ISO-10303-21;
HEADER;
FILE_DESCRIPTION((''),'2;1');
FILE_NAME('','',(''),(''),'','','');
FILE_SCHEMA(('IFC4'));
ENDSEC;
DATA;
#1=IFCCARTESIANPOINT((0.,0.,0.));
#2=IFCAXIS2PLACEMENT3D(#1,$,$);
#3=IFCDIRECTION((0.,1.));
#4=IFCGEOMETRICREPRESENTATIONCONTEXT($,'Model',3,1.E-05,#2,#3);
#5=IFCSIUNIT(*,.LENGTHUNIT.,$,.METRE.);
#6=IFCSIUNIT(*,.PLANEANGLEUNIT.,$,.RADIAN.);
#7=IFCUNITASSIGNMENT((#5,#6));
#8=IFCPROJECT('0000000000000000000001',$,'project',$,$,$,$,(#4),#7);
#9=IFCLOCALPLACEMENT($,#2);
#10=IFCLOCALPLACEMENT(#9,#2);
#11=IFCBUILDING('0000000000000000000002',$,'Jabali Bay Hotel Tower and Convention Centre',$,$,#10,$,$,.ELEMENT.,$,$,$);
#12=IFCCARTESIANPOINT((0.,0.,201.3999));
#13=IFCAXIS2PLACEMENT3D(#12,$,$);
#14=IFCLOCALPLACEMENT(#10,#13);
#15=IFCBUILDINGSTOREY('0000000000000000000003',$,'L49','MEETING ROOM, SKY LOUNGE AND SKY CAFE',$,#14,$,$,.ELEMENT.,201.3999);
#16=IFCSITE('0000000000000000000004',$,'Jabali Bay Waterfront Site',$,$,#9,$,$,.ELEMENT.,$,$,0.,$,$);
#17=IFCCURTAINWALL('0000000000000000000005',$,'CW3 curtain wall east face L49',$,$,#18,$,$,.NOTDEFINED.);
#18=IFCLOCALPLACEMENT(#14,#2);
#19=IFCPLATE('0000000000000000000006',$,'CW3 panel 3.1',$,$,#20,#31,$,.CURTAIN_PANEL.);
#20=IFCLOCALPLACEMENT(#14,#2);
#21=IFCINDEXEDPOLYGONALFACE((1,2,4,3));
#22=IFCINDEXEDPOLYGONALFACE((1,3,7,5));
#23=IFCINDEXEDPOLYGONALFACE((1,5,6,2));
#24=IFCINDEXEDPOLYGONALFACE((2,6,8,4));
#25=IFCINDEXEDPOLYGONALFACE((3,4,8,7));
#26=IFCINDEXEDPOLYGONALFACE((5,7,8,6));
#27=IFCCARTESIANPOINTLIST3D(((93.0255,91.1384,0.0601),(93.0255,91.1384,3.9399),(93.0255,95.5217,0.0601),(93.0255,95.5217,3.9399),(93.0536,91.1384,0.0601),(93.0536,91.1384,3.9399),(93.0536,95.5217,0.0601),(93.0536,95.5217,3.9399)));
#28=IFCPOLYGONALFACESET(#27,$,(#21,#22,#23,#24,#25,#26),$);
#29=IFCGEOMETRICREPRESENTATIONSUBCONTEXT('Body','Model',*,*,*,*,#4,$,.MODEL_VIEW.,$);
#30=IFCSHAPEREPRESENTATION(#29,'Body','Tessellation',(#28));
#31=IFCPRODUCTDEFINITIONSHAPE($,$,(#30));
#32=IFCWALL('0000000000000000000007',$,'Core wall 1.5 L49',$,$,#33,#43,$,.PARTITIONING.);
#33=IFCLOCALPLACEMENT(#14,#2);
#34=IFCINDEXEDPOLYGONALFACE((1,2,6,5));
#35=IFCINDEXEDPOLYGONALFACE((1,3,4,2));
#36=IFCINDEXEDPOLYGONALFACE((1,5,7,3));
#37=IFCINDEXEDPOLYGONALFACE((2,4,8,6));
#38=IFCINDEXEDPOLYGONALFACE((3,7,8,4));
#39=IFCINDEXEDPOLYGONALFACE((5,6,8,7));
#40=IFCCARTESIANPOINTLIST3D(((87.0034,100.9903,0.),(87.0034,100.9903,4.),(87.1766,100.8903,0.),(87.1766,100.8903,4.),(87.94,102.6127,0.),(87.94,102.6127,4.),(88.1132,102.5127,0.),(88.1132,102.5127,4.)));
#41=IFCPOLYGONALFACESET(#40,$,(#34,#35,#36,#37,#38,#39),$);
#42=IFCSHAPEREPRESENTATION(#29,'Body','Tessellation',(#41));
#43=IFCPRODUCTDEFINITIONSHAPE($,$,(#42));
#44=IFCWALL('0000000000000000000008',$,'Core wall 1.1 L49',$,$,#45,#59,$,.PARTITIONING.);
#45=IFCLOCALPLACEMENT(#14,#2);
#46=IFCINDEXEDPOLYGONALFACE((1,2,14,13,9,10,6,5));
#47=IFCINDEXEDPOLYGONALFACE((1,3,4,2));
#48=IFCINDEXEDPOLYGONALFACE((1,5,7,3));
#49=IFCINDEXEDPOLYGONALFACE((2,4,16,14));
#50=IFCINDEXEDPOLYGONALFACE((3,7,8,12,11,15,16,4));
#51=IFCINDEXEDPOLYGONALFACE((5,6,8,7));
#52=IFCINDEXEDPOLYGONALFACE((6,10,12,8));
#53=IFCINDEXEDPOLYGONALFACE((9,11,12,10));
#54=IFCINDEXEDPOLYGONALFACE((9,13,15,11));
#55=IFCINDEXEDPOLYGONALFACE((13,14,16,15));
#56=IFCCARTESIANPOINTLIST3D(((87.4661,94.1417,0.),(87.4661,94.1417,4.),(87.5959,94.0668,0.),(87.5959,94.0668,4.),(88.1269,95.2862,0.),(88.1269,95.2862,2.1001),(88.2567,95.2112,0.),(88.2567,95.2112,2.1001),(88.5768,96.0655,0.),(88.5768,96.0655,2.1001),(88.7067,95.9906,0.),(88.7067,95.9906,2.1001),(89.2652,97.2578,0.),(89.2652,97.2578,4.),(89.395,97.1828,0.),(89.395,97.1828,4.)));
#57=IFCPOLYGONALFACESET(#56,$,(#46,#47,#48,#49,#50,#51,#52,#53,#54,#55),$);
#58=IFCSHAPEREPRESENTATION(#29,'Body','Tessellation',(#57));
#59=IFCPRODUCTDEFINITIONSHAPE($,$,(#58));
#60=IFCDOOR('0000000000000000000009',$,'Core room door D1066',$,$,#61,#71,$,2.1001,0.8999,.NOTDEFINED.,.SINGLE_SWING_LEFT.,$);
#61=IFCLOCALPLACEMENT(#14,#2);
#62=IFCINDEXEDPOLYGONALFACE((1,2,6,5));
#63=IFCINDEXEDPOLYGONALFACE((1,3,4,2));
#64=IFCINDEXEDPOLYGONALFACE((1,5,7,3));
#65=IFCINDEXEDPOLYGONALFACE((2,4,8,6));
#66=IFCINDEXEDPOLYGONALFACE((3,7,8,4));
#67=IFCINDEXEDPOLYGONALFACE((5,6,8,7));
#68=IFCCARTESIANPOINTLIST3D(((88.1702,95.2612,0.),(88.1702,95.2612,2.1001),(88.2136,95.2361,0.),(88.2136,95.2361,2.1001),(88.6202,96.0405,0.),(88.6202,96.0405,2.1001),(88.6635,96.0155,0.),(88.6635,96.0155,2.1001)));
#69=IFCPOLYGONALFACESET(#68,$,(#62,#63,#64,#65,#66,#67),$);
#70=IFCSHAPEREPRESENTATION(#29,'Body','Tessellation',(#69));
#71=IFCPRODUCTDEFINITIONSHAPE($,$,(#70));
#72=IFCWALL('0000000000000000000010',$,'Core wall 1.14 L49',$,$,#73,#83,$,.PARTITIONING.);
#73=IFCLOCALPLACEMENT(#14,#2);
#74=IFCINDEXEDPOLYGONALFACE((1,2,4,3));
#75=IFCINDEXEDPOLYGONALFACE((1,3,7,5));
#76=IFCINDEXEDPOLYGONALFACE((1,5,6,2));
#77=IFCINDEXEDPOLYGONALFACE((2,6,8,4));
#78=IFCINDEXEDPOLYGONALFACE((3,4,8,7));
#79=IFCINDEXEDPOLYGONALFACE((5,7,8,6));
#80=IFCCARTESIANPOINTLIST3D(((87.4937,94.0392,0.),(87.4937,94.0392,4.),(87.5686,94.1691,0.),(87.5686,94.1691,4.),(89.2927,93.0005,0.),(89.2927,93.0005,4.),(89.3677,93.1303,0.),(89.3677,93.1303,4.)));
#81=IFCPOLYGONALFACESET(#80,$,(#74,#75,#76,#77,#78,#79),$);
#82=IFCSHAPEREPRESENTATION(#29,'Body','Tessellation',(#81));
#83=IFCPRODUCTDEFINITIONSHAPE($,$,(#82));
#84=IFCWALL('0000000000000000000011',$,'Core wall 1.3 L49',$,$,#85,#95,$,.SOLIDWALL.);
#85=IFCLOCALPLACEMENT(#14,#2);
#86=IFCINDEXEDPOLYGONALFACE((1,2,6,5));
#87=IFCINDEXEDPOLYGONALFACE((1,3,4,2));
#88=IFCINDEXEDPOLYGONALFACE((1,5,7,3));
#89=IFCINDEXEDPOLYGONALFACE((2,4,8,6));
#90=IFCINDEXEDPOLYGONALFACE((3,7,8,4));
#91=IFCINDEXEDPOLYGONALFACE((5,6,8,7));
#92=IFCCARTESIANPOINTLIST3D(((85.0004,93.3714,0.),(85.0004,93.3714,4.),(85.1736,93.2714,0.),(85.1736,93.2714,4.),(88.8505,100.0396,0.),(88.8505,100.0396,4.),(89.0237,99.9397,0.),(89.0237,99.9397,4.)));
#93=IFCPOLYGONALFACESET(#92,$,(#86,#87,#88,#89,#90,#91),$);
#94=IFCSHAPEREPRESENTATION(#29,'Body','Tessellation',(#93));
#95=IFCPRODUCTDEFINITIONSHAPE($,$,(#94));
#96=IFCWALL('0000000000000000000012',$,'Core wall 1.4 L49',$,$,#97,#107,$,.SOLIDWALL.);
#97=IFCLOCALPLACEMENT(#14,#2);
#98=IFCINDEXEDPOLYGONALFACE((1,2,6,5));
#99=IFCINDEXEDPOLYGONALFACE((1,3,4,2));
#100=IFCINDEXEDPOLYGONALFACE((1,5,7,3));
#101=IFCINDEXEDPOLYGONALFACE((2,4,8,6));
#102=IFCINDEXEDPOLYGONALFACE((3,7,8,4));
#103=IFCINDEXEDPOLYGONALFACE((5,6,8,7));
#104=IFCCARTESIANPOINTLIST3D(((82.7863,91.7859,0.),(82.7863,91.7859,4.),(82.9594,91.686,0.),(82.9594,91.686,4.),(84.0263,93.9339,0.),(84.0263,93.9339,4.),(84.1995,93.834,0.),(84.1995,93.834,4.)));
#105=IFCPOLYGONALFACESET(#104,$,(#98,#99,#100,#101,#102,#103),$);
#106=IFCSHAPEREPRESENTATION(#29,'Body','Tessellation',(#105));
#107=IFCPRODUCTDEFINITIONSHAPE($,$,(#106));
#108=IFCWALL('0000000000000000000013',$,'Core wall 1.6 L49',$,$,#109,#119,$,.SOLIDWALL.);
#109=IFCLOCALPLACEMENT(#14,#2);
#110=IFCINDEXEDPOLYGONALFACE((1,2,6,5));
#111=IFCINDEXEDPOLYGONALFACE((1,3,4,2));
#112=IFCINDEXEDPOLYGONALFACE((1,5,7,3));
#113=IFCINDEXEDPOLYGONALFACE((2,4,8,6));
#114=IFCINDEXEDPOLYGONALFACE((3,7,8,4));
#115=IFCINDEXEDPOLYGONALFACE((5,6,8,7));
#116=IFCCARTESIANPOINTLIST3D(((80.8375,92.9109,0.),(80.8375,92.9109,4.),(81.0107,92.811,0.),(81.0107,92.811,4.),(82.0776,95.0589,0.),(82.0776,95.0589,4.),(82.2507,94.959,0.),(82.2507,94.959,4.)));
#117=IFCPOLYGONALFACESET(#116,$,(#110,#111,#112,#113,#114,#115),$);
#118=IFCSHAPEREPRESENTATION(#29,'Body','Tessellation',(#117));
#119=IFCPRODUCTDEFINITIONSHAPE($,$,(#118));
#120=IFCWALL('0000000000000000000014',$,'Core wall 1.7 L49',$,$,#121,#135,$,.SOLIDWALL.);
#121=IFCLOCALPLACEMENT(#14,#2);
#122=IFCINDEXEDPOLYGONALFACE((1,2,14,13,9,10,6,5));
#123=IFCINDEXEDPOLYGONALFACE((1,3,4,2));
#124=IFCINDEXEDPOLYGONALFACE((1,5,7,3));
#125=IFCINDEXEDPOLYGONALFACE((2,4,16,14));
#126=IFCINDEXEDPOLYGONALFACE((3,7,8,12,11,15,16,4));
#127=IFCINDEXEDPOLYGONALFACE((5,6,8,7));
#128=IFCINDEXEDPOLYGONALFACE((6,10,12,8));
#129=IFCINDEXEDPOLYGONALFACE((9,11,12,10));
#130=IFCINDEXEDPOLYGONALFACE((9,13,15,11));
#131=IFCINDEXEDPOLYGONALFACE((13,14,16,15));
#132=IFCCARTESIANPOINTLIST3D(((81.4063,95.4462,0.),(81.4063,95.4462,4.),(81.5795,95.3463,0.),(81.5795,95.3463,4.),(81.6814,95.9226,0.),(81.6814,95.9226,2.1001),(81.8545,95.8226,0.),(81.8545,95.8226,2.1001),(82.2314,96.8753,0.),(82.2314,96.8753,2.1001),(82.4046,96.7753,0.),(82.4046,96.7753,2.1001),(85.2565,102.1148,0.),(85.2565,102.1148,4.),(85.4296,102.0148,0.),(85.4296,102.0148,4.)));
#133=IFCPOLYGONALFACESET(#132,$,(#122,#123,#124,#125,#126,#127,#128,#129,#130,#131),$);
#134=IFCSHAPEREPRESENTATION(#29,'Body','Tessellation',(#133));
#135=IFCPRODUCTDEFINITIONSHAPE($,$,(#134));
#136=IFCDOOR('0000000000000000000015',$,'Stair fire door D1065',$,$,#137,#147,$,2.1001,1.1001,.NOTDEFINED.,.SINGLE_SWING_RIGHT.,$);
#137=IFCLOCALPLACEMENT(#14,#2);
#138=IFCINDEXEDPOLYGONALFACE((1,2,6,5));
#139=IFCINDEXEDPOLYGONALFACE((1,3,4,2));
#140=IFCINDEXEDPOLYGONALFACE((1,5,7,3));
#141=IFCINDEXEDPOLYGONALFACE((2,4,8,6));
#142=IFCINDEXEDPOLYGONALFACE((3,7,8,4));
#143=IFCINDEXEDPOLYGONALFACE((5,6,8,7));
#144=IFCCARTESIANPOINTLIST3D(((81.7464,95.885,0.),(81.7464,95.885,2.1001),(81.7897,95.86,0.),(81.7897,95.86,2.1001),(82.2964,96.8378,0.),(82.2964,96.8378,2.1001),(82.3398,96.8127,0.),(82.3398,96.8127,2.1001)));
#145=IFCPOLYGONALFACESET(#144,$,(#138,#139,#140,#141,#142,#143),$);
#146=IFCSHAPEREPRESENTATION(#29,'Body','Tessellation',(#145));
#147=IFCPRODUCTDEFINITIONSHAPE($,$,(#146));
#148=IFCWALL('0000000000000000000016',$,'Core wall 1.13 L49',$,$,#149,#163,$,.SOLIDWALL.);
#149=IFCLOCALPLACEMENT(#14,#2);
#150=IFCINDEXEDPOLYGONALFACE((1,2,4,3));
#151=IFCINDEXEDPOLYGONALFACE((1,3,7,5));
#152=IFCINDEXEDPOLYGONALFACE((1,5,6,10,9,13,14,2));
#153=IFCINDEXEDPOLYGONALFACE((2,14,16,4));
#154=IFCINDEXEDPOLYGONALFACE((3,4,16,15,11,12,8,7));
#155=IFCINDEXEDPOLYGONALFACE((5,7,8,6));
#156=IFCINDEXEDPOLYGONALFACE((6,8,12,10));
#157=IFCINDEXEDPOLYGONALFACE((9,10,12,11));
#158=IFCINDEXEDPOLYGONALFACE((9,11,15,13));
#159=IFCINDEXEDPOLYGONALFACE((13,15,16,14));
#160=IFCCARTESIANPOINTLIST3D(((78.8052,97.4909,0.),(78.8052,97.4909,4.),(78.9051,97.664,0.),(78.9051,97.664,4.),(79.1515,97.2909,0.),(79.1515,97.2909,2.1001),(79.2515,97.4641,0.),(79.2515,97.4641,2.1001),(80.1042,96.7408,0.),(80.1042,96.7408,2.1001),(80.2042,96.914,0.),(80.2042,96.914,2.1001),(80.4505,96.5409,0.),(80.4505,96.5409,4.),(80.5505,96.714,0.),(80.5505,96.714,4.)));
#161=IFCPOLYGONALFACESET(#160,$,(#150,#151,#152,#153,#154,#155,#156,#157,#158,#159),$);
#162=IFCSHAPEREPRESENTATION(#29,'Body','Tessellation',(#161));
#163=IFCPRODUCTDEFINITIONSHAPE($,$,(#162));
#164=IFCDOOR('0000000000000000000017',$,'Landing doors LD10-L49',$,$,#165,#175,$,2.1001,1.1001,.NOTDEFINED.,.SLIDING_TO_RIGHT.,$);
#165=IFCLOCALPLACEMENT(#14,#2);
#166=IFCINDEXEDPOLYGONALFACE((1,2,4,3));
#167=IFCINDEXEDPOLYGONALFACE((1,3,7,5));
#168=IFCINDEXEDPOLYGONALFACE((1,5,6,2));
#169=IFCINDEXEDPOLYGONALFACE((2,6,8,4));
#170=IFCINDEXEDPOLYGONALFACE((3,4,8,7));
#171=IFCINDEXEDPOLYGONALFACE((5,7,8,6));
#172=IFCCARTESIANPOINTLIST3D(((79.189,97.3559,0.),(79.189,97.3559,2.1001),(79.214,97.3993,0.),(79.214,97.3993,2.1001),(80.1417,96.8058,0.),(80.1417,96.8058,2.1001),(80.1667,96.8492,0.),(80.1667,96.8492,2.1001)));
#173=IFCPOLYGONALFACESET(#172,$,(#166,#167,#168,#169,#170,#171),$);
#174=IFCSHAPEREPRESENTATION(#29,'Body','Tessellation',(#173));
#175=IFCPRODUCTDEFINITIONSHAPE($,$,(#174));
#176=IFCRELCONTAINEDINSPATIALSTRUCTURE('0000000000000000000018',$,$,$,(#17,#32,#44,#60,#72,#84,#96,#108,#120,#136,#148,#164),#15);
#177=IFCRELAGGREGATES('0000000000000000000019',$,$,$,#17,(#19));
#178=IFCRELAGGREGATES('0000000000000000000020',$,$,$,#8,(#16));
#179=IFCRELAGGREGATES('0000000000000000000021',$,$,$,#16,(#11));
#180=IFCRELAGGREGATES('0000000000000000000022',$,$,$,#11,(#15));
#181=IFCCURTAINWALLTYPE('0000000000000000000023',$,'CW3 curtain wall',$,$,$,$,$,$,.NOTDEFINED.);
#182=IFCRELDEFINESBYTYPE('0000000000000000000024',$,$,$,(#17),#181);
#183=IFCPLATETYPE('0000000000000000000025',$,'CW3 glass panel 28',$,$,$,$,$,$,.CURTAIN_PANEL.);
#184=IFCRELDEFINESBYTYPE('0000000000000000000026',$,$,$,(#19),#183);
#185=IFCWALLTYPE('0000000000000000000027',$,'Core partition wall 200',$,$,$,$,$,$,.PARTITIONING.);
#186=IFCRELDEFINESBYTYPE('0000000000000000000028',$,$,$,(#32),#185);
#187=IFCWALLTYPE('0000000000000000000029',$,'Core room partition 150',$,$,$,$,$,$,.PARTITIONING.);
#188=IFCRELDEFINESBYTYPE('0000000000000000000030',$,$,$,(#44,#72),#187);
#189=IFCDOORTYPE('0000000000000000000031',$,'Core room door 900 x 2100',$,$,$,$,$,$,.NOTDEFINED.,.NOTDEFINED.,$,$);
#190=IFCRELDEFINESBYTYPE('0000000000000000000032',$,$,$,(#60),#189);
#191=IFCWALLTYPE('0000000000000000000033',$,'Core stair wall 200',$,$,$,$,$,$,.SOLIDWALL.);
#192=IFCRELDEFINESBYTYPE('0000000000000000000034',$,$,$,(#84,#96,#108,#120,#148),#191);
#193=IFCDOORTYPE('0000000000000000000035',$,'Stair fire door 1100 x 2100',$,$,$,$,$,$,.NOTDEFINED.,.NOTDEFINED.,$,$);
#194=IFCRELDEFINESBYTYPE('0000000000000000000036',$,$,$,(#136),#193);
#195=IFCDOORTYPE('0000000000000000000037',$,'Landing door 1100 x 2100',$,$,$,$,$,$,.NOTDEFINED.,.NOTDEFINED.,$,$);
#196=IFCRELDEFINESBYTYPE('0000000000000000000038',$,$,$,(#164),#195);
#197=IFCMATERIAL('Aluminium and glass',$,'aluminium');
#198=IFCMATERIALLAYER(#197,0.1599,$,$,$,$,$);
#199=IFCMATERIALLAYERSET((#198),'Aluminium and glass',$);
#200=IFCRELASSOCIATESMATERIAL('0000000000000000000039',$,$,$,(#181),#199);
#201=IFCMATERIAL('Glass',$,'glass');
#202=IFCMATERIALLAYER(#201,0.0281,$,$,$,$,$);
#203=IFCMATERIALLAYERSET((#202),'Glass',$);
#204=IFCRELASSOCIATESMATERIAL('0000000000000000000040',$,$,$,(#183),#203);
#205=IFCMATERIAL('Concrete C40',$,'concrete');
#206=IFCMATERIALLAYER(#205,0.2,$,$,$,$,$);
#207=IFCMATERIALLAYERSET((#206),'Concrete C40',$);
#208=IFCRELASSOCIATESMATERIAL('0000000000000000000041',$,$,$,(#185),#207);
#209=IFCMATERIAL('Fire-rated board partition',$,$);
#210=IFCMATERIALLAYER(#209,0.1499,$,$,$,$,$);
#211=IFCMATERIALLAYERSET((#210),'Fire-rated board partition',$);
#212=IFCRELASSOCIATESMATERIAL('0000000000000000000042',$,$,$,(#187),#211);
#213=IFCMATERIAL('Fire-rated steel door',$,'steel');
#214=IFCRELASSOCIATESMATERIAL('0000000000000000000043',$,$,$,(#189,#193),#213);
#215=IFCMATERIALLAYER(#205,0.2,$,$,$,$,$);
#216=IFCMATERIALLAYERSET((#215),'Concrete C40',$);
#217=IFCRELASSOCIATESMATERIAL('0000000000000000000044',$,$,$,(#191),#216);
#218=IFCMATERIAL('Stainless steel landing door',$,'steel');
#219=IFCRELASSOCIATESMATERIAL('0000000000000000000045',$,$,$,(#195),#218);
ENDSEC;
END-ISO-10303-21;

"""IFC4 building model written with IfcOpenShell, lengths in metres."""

from ifc_helpers import new_model, si_unit, direction, frame, frame_2d, origin, origin_2d, place, context, subcontext, project, spatial, rectangle, extrude, material, layer, layer_set, type_object, element, fill, aggregate, save


model = new_model("IFC4")

# Units and contexts
model_context = context("Model", 3, precision=1e-05, world=origin(), true_north=direction((0.0, 1.0)))
body_context = subcontext(model_context, "Body", "Model", "MODEL_VIEW")
ifc_project = project(units=[si_unit("LENGTHUNIT", "METRE"), si_unit("PLANEANGLEUNIT", "RADIAN")], contexts=[model_context])

# Site, building, storey
site_placement = place(None, origin())
site = spatial("IfcSite", under=ifc_project, at=site_placement, Name="Jabali Bay Waterfront Site", CompositionType="ELEMENT", RefElevation=0.0)
building_placement = place(site_placement, origin())
building = spatial("IfcBuilding", under=site, at=building_placement, Name="Jabali Bay Hotel Tower and Convention Centre", CompositionType="ELEMENT")
storey_placement = place(building_placement, frame((0.0, 0.0, 201.3999)))
storey = spatial("IfcBuildingStorey", under=building, at=storey_placement, Name="L49", Description="MEETING ROOM, SKY LOUNGE AND SKY CAFE", CompositionType="ELEMENT", Elevation=201.3999)

# Curtain wall, plate
ifc_material_1 = material(Name="Aluminium and glass", Category="aluminium")
ifc_layer_1 = layer(ifc_material_1, 0.1599)
ifc_layer_set_1 = layer_set([ifc_layer_1], Name="Aluminium and glass")
curtain_wall_type = type_object("IfcCurtainWallType", Name="CW3 curtain wall", PredefinedType="NOTDEFINED", material=ifc_layer_set_1)
curtain_wall_placement = place(storey_placement, origin())
curtain_wall = element("IfcCurtainWall", 1, at=curtain_wall_placement, inside=storey, type_object=curtain_wall_type, Name="CW3 curtain wall east face L49", PredefinedType="NOTDEFINED")
ifc_material_2 = material(Name="Glass", Category="glass")
ifc_layer_2 = layer(ifc_material_2, 0.0281)
ifc_layer_set_2 = layer_set([ifc_layer_2], Name="Glass")
plate_type = type_object("IfcPlateType", Name="CW3 glass panel 28", PredefinedType="CURTAIN_PANEL", material=ifc_layer_set_2)
plate_1_placement = place(storey_placement, frame((93.0396, 93.3301, 0.0601), z_axis=(0.0, 0.0, 1.0), x_axis=(0.0, -1.0, 0.0)))
plate_1 = element("IfcPlate", 2, at=plate_1_placement, type_object=plate_type, Name="CW3 panel 3.1", PredefinedType="CURTAIN_PANEL", context=body_context, shape_type="SweptSolid", body=[
    extrude(rectangle(XDim=4.3833, YDim=0.0281, at=origin_2d()), origin(), (0.0, 0.0, 1.0), 3.8799),
])
aggregate(curtain_wall, [plate_1])

# Wall
ifc_material_3 = material(Name="Concrete C40", Category="concrete")
ifc_layer_3 = layer(ifc_material_3, 0.2)
ifc_layer_set_3 = layer_set([ifc_layer_3], Name="Concrete C40")
wall_type_1 = type_object("IfcWallType", Name="Core partition wall 200", PredefinedType="PARTITIONING", material=ifc_layer_set_3)
wall_1_placement = place(storey_placement, frame((87.0901, 100.9404, 0.0), z_axis=(0.0, 0.0, 1.0), x_axis=(0.499952, 0.866053, 0.0)))
element("IfcWall", 3, at=wall_1_placement, inside=storey, type_object=wall_type_1, Name="Core wall 1.5 L49", PredefinedType="PARTITIONING", context=body_context, shape_type="SweptSolid", body=[
    extrude(rectangle(XDim=1.8733, YDim=0.2, at=frame_2d((0.9365, 0.0))), origin(), (0.0, 0.0, 1.0), 4.0),
])

# Wall, opening, door
ifc_material_4 = material(Name="Fire-rated board partition")
ifc_layer_4 = layer(ifc_material_4, 0.1499)
ifc_layer_set_4 = layer_set([ifc_layer_4], Name="Fire-rated board partition")
wall_type_2 = type_object("IfcWallType", Name="Core room partition 150", PredefinedType="PARTITIONING", material=ifc_layer_set_4)
wall_2_placement = place(storey_placement, frame((87.531, 94.1042, 0.0), z_axis=(0.0, 0.0, 1.0), x_axis=(0.500014, 0.866017, 0.0)))
wall_2 = element("IfcWall", 4, at=wall_2_placement, inside=storey, type_object=wall_type_2, Name="Core wall 1.1 L49", PredefinedType="PARTITIONING", context=body_context, shape_type="SweptSolid", body=[
    extrude(rectangle(XDim=3.5981, YDim=0.1499, at=frame_2d((1.7991, 0.0))), origin(), (0.0, 0.0, 1.0), 4.0),
])
opening_1_placement = place(wall_2_placement, frame((1.3215, 0.0, 0.0)))
opening_1 = element("IfcOpeningElement", 5, at=opening_1_placement, cuts=wall_2, PredefinedType="OPENING", context=body_context, shape_type="SweptSolid", body=[
    extrude(rectangle(XDim=0.8999, YDim=2.1001, at=frame_2d((0.45, 1.05))), frame((0.0, 0.0854, 0.0), z_axis=(0.0, -1.0, 0.0), x_axis=(1.0, 0.0, 0.0)), (0.0, 0.0, 1.0), 0.1709),
])
ifc_material_5 = material(Name="Fire-rated steel door", Category="steel")
door_type_1 = type_object("IfcDoorType", Name="Core room door 900 x 2100", OperationType="NOTDEFINED", PredefinedType="NOTDEFINED", material=ifc_material_5)
door_1_placement = place(opening_1_placement, origin())
door_1 = element("IfcDoor", 6, at=door_1_placement, inside=storey, type_object=door_type_1, Name="Core room door D1066", OperationType="SINGLE_SWING_LEFT", OverallHeight=2.1001, OverallWidth=0.8999, PredefinedType="NOTDEFINED", context=body_context, shape_type="SweptSolid", body=[
    extrude(rectangle(XDim=0.8999, YDim=2.1001, at=frame_2d((0.45, 1.05))), frame((0.0, 0.0249, 0.0), z_axis=(0.0, -1.0, 0.0), x_axis=(1.0, 0.0, 0.0)), (0.0, 0.0, 1.0), 0.05),
])
fill(opening_1, door_1)

# Walls
wall_3_placement = place(storey_placement, frame((89.3301, 93.0654, 0.0), z_axis=(0.0, 0.0, 1.0), x_axis=(-0.866, 0.500045, 0.0)))
element("IfcWall", 7, at=wall_3_placement, inside=storey, type_object=wall_type_2, Name="Core wall 1.14 L49", PredefinedType="PARTITIONING", context=body_context, shape_type="SweptSolid", body=[
    extrude(rectangle(XDim=2.0774, YDim=0.1499, at=frame_2d((1.0386, 0.0))), origin(), (0.0, 0.0, 1.0), 4.0),
])
ifc_layer_5 = layer(ifc_material_3, 0.2)
ifc_layer_set_5 = layer_set([ifc_layer_5], Name="Concrete C40")
wall_type_3 = type_object("IfcWallType", Name="Core stair wall 200", PredefinedType="SOLIDWALL", material=ifc_layer_set_5)
wall_4_placement = place(storey_placement, frame((85.0869, 93.3213, 0.0), z_axis=(0.0, 0.0, 1.0), x_axis=(0.50002, 0.866014, 0.0)))
element("IfcWall", 8, at=wall_4_placement, inside=storey, type_object=wall_type_3, Name="Core wall 1.3 L49", PredefinedType="SOLIDWALL", context=body_context, shape_type="SweptSolid", body=[
    extrude(rectangle(XDim=7.7, YDim=0.2, at=frame_2d((3.8501, 0.0))), origin(), (0.0, 0.0, 1.0), 4.0),
])
for number, where, z_axis, x_axis, name in (
    (9, (82.8728, 91.7358, 0.0), (0.0, 0.0, 1.0), (0.499961, 0.866048, 0.0), "Core wall 1.4 L49"),
    (10, (80.9241, 92.8608, 0.0), (0.0, 0.0, 1.0), (0.499961, 0.866048, 0.0), "Core wall 1.6 L49"),
):
    element("IfcWall", number, at=place(storey_placement, frame(where, z_axis=z_axis, x_axis=x_axis)), inside=storey, type_object=wall_type_3, Name=name, PredefinedType="SOLIDWALL", context=body_context, shape_type="SweptSolid", body=[
        extrude(rectangle(XDim=2.4802, YDim=0.2, at=frame_2d((1.2402, 0.0))), origin(), (0.0, 0.0, 1.0), 4.0),
    ])

# Walls, openings, doors
wall_5_placement = place(storey_placement, frame((81.4929, 95.3962, 0.0), z_axis=(0.0, 0.0, 1.0), x_axis=(0.500006, 0.866022, 0.0)))
wall_5 = element("IfcWall", 11, at=wall_5_placement, inside=storey, type_object=wall_type_3, Name="Core wall 1.7 L49", PredefinedType="SOLIDWALL", context=body_context, shape_type="SweptSolid", body=[
    extrude(rectangle(XDim=7.7002, YDim=0.2, at=frame_2d((3.8501, 0.0))), origin(), (0.0, 0.0, 1.0), 4.0),
])
opening_2_placement = place(wall_5_placement, frame((0.55, 0.0, 0.0)))
opening_2 = element("IfcOpeningElement", 12, at=opening_2_placement, cuts=wall_5, PredefinedType="OPENING", context=body_context, shape_type="SweptSolid", body=[
    extrude(rectangle(XDim=1.1001, YDim=2.1001, at=frame_2d((0.55, 1.05))), frame((0.0, 0.1104, 0.0), z_axis=(0.0, -1.0, 0.0), x_axis=(1.0, 0.0, 0.0)), (0.0, 0.0, 1.0), 0.2209),
])
door_type_2 = type_object("IfcDoorType", Name="Stair fire door 1100 x 2100", OperationType="NOTDEFINED", PredefinedType="NOTDEFINED", material=ifc_material_5)
door_2_placement = place(opening_2_placement, origin())
door_2 = element("IfcDoor", 13, at=door_2_placement, inside=storey, type_object=door_type_2, Name="Stair fire door D1065", OperationType="SINGLE_SWING_RIGHT", OverallHeight=2.1001, OverallWidth=1.1001, PredefinedType="NOTDEFINED", context=body_context, shape_type="SweptSolid", body=[
    extrude(rectangle(XDim=1.1001, YDim=2.1001, at=frame_2d((0.55, 1.05))), frame((0.0, 0.0249, 0.0), z_axis=(0.0, -1.0, 0.0), x_axis=(1.0, 0.0, 0.0)), (0.0, 0.0, 1.0), 0.05),
])
fill(opening_2, door_2)
wall_6_placement = place(storey_placement, frame((80.5005, 96.6274, 0.0), z_axis=(0.0, 0.0, 1.0), x_axis=(-0.866012, 0.500023, 0.0)))
wall_6 = element("IfcWall", 14, at=wall_6_placement, inside=storey, type_object=wall_type_3, Name="Core wall 1.13 L49", PredefinedType="SOLIDWALL", context=body_context, shape_type="SweptSolid", body=[
    extrude(rectangle(XDim=1.8999, YDim=0.2, at=frame_2d((0.95, 0.0))), origin(), (0.0, 0.0, 1.0), 4.0),
])
opening_3_placement = place(wall_6_placement, frame((0.3999, 0.0, 0.0)))
opening_3 = element("IfcOpeningElement", 15, at=opening_3_placement, cuts=wall_6, PredefinedType="OPENING", context=body_context, shape_type="SweptSolid", body=[
    extrude(rectangle(XDim=1.1001, YDim=2.1001, at=frame_2d((0.55, 1.05))), frame((0.0, 0.1104, 0.0), z_axis=(0.0, -1.0, 0.0), x_axis=(1.0, 0.0, 0.0)), (0.0, 0.0, 1.0), 0.2209),
])
ifc_material_6 = material(Name="Stainless steel landing door", Category="steel")
door_type_3 = type_object("IfcDoorType", Name="Landing door 1100 x 2100", OperationType="NOTDEFINED", PredefinedType="NOTDEFINED", material=ifc_material_6)
door_3_placement = place(opening_3_placement, origin())
door_3 = element("IfcDoor", 16, at=door_3_placement, inside=storey, type_object=door_type_3, Name="Landing doors LD10-L49", OperationType="SLIDING_TO_RIGHT", OverallHeight=2.1001, OverallWidth=1.1001, PredefinedType="NOTDEFINED", context=body_context, shape_type="SweptSolid", body=[
    extrude(rectangle(XDim=1.1001, YDim=2.1001, at=frame_2d((0.55, 1.05))), frame((0.0, 0.0249, 0.0), z_axis=(0.0, -1.0, 0.0), x_axis=(1.0, 0.0, 0.0)), (0.0, 0.0, 1.0), 0.05),
])
fill(opening_3, door_3)

save(model, "model.ifc")
